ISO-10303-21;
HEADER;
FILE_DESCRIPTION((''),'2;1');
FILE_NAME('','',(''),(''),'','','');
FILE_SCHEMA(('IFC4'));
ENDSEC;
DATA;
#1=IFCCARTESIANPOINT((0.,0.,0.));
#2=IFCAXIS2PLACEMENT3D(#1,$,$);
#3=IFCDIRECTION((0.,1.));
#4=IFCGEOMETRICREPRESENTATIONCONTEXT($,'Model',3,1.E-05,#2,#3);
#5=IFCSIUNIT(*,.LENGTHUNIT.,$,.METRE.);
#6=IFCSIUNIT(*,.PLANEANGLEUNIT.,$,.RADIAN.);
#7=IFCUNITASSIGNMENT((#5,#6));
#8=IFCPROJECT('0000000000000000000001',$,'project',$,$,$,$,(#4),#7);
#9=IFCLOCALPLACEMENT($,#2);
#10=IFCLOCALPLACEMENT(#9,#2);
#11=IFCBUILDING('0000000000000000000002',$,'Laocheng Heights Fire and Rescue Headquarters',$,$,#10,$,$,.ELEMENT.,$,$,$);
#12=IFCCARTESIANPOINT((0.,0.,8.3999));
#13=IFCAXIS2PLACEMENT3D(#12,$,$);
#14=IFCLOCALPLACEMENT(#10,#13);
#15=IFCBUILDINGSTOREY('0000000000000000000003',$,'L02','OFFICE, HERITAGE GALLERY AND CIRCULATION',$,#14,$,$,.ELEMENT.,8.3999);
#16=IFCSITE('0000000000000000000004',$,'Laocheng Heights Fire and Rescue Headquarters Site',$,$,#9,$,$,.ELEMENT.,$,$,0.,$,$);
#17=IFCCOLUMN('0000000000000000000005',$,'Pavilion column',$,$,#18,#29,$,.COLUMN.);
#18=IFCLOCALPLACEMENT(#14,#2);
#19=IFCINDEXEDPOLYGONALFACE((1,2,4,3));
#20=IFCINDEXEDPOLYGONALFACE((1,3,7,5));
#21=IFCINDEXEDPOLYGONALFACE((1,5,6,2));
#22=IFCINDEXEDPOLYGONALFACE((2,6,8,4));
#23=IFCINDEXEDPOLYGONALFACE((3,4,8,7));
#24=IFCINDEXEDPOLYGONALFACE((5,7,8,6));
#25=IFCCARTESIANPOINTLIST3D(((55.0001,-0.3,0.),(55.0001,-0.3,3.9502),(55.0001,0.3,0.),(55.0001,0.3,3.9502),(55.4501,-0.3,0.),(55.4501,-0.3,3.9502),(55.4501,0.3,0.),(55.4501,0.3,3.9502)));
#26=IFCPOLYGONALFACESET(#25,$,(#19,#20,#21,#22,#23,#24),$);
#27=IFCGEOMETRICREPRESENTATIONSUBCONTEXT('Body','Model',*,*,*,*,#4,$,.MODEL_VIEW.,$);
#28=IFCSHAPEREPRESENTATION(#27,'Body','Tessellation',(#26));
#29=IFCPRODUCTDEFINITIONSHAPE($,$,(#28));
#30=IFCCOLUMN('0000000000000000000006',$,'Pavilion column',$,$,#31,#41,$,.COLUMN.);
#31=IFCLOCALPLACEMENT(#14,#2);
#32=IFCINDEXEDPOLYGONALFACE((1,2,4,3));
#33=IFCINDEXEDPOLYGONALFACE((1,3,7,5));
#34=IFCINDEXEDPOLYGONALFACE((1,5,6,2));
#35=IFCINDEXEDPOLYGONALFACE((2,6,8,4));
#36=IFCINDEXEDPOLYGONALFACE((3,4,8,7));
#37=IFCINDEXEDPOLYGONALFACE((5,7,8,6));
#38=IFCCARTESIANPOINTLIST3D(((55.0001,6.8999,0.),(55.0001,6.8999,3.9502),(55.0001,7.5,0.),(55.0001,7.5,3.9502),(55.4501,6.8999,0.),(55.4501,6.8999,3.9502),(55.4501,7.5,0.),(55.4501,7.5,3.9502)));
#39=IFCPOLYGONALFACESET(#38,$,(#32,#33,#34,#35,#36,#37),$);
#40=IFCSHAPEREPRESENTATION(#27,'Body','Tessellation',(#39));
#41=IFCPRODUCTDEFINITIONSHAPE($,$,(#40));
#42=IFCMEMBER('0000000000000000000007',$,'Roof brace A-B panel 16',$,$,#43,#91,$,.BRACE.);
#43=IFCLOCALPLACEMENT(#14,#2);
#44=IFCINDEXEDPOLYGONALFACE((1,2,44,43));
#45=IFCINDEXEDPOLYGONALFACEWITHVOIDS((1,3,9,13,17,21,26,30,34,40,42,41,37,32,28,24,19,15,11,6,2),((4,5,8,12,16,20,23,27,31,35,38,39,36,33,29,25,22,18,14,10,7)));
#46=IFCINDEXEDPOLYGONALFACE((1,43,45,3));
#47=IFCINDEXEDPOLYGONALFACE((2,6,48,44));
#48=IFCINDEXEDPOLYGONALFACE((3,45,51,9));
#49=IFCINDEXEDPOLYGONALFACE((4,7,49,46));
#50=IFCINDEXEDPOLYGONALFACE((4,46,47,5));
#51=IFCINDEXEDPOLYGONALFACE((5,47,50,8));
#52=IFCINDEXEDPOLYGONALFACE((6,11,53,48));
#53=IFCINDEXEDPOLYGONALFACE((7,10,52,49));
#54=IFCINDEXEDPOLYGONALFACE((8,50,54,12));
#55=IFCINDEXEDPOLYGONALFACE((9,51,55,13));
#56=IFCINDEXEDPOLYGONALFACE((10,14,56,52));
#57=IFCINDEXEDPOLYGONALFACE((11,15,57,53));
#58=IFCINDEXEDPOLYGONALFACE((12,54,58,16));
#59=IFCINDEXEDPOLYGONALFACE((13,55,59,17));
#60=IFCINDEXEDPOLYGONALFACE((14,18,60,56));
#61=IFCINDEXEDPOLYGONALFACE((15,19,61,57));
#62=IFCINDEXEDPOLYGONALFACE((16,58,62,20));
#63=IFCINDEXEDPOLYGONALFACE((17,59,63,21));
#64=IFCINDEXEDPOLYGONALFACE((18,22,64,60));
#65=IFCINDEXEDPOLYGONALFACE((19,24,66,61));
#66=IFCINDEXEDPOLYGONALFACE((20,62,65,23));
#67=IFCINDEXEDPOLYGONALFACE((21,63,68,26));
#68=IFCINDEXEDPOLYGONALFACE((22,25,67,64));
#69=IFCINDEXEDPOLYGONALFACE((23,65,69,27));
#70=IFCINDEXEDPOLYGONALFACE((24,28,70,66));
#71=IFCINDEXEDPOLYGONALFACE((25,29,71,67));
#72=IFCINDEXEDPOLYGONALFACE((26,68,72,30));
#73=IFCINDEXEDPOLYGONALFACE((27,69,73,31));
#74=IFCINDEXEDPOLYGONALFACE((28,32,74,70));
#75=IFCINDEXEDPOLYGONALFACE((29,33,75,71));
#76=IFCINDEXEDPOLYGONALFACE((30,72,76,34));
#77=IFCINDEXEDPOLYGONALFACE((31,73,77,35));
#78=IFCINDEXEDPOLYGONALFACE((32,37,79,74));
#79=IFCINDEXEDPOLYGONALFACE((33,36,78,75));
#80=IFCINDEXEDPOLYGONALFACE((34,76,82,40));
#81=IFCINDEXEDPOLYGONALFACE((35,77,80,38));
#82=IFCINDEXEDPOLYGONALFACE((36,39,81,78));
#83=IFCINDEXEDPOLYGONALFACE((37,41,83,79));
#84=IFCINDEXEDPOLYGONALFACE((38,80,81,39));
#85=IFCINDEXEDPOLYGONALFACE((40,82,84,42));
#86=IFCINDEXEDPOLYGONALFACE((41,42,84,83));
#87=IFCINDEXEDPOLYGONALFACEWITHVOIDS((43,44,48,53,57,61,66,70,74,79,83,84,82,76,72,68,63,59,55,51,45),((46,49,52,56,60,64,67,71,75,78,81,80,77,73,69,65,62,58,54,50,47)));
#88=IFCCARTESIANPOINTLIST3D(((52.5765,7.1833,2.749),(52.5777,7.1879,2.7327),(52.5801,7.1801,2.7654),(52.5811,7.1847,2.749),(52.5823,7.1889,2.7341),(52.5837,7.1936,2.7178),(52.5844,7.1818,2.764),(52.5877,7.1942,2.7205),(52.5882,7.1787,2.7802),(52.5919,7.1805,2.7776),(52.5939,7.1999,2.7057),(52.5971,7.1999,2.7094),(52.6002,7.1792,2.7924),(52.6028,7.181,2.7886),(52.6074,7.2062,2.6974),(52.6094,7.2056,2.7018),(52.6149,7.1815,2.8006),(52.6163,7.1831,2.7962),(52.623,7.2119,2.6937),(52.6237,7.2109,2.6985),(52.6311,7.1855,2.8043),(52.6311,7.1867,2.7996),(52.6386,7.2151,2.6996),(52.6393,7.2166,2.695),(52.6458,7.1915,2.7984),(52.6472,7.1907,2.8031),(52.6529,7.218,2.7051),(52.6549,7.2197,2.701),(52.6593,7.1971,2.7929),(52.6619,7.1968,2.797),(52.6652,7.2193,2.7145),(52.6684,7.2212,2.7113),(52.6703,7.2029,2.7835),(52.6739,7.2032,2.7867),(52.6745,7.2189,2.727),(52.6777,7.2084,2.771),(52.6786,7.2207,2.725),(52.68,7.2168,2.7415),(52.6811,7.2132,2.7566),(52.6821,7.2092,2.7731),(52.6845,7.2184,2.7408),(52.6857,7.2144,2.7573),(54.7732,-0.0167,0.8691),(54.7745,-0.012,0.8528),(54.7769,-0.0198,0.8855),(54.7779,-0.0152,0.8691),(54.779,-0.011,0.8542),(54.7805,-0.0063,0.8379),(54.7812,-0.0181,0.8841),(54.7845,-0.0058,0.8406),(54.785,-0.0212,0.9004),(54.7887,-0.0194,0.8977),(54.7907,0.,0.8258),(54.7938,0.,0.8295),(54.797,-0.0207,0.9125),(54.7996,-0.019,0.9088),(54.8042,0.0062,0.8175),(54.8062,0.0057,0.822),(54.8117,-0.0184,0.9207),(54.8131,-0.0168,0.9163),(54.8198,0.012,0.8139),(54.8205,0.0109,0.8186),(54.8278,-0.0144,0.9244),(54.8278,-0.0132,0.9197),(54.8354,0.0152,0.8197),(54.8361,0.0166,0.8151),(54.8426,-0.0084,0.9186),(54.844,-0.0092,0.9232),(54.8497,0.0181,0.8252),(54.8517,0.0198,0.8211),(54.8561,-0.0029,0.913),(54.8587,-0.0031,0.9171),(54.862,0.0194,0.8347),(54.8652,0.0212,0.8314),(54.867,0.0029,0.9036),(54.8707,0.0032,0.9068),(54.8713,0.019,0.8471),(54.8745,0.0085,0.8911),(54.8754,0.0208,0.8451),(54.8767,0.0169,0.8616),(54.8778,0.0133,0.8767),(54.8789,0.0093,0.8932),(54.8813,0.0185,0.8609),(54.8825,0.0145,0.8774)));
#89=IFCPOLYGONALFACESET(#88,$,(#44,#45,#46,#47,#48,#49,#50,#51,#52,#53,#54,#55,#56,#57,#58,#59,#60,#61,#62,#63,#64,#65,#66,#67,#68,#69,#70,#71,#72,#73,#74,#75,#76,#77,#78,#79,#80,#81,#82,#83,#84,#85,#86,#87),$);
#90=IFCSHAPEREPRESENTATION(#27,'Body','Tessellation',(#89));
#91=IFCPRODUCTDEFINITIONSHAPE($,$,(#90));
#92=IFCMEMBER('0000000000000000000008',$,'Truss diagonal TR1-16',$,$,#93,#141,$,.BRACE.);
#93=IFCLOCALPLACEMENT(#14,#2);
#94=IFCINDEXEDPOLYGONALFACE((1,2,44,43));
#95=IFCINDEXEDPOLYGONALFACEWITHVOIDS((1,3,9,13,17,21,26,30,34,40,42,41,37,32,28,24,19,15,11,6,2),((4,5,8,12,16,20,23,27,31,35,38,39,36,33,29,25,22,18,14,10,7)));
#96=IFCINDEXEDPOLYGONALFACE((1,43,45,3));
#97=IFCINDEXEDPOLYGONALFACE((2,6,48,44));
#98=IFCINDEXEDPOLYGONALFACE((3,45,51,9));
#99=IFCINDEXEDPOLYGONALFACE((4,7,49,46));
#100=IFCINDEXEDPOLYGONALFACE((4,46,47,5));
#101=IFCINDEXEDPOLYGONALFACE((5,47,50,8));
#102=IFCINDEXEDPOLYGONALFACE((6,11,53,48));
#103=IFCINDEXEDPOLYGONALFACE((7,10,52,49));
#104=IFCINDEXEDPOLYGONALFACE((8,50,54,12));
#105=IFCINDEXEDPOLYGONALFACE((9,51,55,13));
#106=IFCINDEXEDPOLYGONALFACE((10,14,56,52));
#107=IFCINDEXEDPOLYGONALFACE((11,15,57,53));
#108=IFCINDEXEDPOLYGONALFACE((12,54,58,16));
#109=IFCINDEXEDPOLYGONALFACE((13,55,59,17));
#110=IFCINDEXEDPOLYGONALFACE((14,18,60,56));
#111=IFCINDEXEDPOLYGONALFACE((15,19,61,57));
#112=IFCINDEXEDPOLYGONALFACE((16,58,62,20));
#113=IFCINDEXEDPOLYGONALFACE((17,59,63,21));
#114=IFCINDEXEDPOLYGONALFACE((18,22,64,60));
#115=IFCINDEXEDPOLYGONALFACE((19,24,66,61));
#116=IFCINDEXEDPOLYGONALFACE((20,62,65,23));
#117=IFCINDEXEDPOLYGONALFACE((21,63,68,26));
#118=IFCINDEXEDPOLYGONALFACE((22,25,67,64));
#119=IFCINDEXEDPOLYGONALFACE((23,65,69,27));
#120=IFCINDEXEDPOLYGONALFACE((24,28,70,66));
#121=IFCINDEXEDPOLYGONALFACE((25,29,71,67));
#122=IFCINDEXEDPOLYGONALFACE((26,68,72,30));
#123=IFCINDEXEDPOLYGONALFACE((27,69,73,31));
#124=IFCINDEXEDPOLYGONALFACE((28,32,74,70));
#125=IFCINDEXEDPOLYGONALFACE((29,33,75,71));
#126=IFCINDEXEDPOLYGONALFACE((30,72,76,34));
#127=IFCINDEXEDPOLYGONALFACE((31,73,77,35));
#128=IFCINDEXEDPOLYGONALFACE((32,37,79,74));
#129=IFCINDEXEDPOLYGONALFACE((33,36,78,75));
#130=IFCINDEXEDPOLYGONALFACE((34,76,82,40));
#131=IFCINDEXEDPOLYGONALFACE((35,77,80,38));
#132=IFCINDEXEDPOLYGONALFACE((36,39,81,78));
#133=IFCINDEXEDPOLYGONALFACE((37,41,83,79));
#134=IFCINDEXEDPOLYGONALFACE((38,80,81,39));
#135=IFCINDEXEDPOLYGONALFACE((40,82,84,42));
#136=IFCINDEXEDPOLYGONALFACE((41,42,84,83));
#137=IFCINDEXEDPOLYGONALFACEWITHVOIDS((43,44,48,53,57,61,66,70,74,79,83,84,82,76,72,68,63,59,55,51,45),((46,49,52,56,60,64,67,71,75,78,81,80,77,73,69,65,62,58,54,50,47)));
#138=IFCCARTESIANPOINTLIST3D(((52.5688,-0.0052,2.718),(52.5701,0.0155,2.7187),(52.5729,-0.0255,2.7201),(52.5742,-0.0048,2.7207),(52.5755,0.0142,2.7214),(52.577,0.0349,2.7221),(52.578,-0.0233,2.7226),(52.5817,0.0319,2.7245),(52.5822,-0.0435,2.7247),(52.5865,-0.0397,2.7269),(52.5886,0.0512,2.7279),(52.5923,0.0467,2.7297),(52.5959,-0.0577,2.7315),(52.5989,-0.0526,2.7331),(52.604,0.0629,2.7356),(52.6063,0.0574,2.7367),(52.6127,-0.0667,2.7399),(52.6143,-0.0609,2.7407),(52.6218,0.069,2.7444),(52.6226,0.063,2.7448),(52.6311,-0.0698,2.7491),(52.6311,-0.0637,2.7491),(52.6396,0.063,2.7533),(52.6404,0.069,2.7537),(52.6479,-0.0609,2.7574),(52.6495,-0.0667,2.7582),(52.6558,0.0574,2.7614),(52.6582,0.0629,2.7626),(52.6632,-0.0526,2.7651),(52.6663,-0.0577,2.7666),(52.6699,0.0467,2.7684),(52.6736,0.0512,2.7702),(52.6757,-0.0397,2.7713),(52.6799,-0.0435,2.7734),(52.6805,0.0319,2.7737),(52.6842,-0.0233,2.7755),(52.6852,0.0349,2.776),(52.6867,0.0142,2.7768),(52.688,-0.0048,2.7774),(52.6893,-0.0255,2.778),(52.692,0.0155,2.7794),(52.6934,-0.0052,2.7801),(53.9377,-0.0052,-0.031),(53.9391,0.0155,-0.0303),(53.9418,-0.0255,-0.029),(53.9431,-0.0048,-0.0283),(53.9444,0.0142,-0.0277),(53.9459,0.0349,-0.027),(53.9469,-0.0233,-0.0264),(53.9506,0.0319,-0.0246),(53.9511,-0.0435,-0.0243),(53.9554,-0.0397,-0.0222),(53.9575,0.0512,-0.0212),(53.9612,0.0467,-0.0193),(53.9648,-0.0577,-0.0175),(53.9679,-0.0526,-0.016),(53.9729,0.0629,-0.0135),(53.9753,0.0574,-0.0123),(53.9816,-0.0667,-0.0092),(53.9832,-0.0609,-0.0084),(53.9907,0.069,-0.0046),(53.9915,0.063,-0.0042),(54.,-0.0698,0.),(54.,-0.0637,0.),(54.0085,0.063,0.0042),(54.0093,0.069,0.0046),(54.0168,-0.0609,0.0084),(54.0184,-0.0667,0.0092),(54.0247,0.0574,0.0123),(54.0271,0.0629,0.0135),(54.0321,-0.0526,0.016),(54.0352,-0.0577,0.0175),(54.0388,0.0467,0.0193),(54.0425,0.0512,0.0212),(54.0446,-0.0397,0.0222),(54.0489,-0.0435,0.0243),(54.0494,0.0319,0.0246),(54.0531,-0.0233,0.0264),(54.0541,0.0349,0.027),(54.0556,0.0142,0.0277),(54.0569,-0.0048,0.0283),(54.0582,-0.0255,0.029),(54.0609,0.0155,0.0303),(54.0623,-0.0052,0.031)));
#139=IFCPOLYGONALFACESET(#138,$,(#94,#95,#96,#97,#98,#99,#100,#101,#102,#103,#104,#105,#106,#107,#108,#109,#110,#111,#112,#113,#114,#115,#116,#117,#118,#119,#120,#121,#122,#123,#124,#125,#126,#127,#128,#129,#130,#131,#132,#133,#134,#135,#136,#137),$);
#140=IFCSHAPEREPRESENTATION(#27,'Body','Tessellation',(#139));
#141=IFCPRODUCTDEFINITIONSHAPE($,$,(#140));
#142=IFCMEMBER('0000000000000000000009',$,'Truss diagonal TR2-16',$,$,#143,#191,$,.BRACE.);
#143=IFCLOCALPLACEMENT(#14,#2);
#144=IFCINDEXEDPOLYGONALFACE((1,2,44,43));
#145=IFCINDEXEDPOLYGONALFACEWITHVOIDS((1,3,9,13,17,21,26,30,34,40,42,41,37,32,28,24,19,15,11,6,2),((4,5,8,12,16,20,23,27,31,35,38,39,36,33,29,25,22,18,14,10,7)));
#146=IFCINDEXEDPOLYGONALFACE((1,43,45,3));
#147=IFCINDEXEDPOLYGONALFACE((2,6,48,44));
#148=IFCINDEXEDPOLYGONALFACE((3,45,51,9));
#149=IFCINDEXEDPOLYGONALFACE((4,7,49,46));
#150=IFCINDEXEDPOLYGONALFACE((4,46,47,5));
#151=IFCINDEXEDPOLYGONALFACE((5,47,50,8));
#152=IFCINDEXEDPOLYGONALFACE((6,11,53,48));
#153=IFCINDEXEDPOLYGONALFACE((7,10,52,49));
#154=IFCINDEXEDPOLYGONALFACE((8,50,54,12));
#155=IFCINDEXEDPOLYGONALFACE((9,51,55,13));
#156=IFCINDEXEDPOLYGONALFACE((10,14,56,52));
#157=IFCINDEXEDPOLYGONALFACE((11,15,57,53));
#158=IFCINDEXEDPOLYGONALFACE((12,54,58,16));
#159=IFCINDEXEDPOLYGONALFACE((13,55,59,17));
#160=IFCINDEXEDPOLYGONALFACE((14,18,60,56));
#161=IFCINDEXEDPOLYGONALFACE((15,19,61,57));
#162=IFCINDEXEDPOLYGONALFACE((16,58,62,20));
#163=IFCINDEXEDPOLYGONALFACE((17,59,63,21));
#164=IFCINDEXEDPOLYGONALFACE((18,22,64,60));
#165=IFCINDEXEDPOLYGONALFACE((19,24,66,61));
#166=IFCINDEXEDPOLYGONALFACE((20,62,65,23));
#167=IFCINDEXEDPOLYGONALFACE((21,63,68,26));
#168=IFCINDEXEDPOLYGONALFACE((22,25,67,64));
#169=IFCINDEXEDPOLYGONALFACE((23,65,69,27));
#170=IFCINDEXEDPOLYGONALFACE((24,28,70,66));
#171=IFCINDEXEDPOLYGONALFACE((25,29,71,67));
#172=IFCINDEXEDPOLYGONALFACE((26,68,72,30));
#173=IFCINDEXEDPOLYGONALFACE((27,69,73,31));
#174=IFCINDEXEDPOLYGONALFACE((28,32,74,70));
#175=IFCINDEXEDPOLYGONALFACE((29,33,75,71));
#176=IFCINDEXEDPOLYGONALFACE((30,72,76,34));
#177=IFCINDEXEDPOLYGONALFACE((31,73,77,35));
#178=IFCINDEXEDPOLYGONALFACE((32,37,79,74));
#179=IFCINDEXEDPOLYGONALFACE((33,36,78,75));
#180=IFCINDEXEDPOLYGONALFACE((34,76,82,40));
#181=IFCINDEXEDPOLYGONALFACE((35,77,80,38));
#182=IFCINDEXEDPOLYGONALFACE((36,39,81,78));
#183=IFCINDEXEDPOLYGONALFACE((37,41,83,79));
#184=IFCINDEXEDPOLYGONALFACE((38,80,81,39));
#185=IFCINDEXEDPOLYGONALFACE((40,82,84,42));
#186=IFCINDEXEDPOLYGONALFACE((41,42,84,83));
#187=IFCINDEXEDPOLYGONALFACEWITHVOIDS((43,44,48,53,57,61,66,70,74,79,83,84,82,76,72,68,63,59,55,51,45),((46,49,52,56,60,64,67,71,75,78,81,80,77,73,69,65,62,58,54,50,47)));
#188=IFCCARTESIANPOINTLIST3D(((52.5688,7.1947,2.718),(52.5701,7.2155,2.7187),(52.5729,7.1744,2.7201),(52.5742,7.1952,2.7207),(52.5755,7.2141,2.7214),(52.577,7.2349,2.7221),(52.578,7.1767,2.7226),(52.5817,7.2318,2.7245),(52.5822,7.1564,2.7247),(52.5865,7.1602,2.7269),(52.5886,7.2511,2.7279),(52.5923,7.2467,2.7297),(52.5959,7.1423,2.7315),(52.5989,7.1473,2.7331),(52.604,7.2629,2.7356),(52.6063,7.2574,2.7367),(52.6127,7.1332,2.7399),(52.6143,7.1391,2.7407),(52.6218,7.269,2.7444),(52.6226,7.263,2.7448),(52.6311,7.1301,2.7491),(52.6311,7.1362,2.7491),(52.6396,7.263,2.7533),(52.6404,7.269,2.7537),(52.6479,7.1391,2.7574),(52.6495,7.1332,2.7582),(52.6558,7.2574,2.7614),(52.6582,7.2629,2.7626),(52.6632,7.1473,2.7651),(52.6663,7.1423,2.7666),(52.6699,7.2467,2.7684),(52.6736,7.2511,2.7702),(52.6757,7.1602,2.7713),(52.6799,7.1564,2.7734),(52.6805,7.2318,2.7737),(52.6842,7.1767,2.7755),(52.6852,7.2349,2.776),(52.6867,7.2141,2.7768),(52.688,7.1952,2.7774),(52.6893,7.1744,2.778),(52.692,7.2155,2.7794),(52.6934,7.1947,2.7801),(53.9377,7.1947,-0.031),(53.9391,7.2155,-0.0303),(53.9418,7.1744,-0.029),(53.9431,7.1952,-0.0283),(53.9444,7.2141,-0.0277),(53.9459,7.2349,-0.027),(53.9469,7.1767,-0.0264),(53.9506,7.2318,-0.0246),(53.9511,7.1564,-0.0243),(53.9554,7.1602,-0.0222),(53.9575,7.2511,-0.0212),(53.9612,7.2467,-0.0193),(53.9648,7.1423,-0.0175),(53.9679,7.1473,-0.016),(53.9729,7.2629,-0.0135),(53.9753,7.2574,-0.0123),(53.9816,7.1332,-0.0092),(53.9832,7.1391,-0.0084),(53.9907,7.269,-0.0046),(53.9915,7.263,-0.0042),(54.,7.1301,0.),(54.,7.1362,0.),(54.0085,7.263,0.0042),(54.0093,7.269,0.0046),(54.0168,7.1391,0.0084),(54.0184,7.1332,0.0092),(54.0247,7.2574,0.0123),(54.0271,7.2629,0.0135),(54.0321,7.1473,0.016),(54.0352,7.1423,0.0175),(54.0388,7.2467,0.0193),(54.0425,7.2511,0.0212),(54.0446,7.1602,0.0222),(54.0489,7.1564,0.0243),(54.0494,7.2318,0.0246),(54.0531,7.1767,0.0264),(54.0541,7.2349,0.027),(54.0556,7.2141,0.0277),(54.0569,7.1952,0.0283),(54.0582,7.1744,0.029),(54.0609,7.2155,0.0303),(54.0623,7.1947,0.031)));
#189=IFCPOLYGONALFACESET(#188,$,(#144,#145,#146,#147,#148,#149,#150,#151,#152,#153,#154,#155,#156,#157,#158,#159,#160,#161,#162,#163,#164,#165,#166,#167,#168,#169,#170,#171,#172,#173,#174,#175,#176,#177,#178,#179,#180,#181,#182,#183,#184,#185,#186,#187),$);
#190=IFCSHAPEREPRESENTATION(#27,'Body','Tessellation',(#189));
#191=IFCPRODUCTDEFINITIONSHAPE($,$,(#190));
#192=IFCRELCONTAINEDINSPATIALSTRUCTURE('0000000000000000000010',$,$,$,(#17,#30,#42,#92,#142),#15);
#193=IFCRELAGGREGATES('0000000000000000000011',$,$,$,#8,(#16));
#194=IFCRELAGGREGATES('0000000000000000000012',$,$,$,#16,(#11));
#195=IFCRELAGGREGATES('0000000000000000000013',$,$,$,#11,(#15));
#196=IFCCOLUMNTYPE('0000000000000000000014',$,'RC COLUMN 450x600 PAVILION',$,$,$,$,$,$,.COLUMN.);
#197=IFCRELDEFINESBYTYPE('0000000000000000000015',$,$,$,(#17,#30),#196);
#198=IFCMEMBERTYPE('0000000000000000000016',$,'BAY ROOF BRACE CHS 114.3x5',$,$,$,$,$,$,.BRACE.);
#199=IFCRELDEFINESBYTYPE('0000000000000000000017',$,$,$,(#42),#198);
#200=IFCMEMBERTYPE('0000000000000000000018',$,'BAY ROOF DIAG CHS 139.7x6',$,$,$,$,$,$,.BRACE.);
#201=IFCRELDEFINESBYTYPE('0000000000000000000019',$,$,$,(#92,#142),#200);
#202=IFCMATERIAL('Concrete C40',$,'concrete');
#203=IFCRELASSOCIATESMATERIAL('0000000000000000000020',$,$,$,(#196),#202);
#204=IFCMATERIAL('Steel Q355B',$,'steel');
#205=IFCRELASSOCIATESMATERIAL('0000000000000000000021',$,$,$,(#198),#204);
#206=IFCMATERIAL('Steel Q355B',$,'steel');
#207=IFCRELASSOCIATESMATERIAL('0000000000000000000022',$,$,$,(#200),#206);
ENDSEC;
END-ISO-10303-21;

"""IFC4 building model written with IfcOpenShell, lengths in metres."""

from ifc_helpers import new_model, si_unit, direction, frame, origin, origin_2d, place, context, subcontext, project, spatial, rectangle, hollow_circle, extrude, material, material_profile, profile_set, type_object, element, save


model = new_model("IFC4")

# Units and contexts
model_context = context("Model", 3, precision=1e-05, world=origin(), true_north=direction((0.0, 1.0)))
body_context = subcontext(model_context, "Body", "Model", "MODEL_VIEW")
ifc_project = project(units=[si_unit("LENGTHUNIT", "METRE"), si_unit("PLANEANGLEUNIT", "RADIAN")], contexts=[model_context])

# Site, building, storey
site_placement = place(None, origin())
site = spatial("IfcSite", under=ifc_project, at=site_placement, Name="Laocheng Heights Fire and Rescue Headquarters Site", CompositionType="ELEMENT", RefElevation=0.0)
building_placement = place(site_placement, origin())
building = spatial("IfcBuilding", under=site, at=building_placement, Name="Laocheng Heights Fire and Rescue Headquarters", CompositionType="ELEMENT")
storey_placement = place(building_placement, frame((0.0, 0.0, 8.3999)))
storey = spatial("IfcBuildingStorey", under=building, at=storey_placement, Name="L02", Description="OFFICE, HERITAGE GALLERY AND CIRCULATION", CompositionType="ELEMENT", Elevation=8.3999)

# Columns
ifc_material_1 = material(Name="Concrete C40", Category="concrete")
ifc_material_profile_1 = material_profile(ifc_material_1, rectangle(XDim=0.45, YDim=0.6001, at=origin_2d()), Name="RC COLUMN 450x600 PAVILION")
ifc_profile_set_1 = profile_set([ifc_material_profile_1], Name="Concrete C40")
column_type = type_object("IfcColumnType", Name="RC COLUMN 450x600 PAVILION", PredefinedType="COLUMN", material=ifc_profile_set_1)
for number, where, z_axis, x_axis, name in (
    (1, (55.2251, 0.0, 0.0), (0.0, 0.0, 1.0), (1.0, 0.0, 0.0), "Pavilion column"),
    (2, (55.2251, 7.2, 0.0), (0.0, 0.0, 1.0), (1.0, 0.0, 0.0), "Pavilion column"),
):
    element("IfcColumn", number, at=place(storey_placement, frame(where, z_axis=z_axis, x_axis=x_axis)), inside=storey, type_object=column_type, Name=name, PredefinedType="COLUMN", context=body_context, shape_type="SweptSolid", body=[
        extrude(rectangle(XDim=0.45, YDim=0.6001, at=origin_2d()), origin(), (0.0, 0.0, 1.0), 3.9502),
    ])

# Members
ifc_material_2 = material(Name="Steel Q355B", Category="steel")
ifc_material_profile_2 = material_profile(ifc_material_2, hollow_circle(Radius=0.0571, WallThickness=0.0049, at=origin_2d()), Name="CHS 114.3x5")
ifc_profile_set_2 = profile_set([ifc_material_profile_2], Name="Steel Q355B")
member_type_1 = type_object("IfcMemberType", Name="BAY ROOF BRACE CHS 114.3x5", PredefinedType="BRACE", material=ifc_profile_set_2)
member_1_placement = place(storey_placement, frame((54.8279, 0.0, 0.8691), z_axis=(-0.283133, 0.927971, 0.24229), x_axis=(-0.956471, -0.291829, 0.0)))
element("IfcMember", 3, at=member_1_placement, inside=storey, type_object=member_type_1, Name="Roof brace A-B panel 16", PredefinedType="BRACE", context=body_context, shape_type="SweptSolid", body=[
    extrude(hollow_circle(Radius=0.0571, WallThickness=0.0049, at=origin_2d()), origin(), (0.0, 0.0, 1.0), 7.7588),
])
ifc_material_3 = material(Name="Steel Q355B", Category="steel")
ifc_material_profile_3 = material_profile(ifc_material_3, hollow_circle(Radius=0.0698, WallThickness=0.0061, at=origin_2d()), Name="CHS 139.7x6")
ifc_profile_set_3 = profile_set([ifc_material_profile_3], Name="Steel Q355B")
member_type_2 = type_object("IfcMemberType", Name="BAY ROOF DIAG CHS 139.7x6", PredefinedType="BRACE", material=ifc_profile_set_3)
for number, where, z_axis, x_axis, name in (
    (4, (54.0, 0.0, 0.0), (-0.44575, 0.0, 0.895157), (0.0, -1.0, 0.0), "Truss diagonal TR1-16"),
    (5, (54.0, 7.2, 0.0), (-0.44575, 0.0, 0.895157), (0.0, -1.0, 0.0), "Truss diagonal TR2-16"),
):
    element("IfcMember", number, at=place(storey_placement, frame(where, z_axis=z_axis, x_axis=x_axis)), inside=storey, type_object=member_type_2, Name=name, PredefinedType="BRACE", context=body_context, shape_type="SweptSolid", body=[
        extrude(hollow_circle(Radius=0.0698, WallThickness=0.0061, at=origin_2d()), origin(), (0.0, 0.0, 1.0), 3.071),
    ])

save(model, "model.ifc")
